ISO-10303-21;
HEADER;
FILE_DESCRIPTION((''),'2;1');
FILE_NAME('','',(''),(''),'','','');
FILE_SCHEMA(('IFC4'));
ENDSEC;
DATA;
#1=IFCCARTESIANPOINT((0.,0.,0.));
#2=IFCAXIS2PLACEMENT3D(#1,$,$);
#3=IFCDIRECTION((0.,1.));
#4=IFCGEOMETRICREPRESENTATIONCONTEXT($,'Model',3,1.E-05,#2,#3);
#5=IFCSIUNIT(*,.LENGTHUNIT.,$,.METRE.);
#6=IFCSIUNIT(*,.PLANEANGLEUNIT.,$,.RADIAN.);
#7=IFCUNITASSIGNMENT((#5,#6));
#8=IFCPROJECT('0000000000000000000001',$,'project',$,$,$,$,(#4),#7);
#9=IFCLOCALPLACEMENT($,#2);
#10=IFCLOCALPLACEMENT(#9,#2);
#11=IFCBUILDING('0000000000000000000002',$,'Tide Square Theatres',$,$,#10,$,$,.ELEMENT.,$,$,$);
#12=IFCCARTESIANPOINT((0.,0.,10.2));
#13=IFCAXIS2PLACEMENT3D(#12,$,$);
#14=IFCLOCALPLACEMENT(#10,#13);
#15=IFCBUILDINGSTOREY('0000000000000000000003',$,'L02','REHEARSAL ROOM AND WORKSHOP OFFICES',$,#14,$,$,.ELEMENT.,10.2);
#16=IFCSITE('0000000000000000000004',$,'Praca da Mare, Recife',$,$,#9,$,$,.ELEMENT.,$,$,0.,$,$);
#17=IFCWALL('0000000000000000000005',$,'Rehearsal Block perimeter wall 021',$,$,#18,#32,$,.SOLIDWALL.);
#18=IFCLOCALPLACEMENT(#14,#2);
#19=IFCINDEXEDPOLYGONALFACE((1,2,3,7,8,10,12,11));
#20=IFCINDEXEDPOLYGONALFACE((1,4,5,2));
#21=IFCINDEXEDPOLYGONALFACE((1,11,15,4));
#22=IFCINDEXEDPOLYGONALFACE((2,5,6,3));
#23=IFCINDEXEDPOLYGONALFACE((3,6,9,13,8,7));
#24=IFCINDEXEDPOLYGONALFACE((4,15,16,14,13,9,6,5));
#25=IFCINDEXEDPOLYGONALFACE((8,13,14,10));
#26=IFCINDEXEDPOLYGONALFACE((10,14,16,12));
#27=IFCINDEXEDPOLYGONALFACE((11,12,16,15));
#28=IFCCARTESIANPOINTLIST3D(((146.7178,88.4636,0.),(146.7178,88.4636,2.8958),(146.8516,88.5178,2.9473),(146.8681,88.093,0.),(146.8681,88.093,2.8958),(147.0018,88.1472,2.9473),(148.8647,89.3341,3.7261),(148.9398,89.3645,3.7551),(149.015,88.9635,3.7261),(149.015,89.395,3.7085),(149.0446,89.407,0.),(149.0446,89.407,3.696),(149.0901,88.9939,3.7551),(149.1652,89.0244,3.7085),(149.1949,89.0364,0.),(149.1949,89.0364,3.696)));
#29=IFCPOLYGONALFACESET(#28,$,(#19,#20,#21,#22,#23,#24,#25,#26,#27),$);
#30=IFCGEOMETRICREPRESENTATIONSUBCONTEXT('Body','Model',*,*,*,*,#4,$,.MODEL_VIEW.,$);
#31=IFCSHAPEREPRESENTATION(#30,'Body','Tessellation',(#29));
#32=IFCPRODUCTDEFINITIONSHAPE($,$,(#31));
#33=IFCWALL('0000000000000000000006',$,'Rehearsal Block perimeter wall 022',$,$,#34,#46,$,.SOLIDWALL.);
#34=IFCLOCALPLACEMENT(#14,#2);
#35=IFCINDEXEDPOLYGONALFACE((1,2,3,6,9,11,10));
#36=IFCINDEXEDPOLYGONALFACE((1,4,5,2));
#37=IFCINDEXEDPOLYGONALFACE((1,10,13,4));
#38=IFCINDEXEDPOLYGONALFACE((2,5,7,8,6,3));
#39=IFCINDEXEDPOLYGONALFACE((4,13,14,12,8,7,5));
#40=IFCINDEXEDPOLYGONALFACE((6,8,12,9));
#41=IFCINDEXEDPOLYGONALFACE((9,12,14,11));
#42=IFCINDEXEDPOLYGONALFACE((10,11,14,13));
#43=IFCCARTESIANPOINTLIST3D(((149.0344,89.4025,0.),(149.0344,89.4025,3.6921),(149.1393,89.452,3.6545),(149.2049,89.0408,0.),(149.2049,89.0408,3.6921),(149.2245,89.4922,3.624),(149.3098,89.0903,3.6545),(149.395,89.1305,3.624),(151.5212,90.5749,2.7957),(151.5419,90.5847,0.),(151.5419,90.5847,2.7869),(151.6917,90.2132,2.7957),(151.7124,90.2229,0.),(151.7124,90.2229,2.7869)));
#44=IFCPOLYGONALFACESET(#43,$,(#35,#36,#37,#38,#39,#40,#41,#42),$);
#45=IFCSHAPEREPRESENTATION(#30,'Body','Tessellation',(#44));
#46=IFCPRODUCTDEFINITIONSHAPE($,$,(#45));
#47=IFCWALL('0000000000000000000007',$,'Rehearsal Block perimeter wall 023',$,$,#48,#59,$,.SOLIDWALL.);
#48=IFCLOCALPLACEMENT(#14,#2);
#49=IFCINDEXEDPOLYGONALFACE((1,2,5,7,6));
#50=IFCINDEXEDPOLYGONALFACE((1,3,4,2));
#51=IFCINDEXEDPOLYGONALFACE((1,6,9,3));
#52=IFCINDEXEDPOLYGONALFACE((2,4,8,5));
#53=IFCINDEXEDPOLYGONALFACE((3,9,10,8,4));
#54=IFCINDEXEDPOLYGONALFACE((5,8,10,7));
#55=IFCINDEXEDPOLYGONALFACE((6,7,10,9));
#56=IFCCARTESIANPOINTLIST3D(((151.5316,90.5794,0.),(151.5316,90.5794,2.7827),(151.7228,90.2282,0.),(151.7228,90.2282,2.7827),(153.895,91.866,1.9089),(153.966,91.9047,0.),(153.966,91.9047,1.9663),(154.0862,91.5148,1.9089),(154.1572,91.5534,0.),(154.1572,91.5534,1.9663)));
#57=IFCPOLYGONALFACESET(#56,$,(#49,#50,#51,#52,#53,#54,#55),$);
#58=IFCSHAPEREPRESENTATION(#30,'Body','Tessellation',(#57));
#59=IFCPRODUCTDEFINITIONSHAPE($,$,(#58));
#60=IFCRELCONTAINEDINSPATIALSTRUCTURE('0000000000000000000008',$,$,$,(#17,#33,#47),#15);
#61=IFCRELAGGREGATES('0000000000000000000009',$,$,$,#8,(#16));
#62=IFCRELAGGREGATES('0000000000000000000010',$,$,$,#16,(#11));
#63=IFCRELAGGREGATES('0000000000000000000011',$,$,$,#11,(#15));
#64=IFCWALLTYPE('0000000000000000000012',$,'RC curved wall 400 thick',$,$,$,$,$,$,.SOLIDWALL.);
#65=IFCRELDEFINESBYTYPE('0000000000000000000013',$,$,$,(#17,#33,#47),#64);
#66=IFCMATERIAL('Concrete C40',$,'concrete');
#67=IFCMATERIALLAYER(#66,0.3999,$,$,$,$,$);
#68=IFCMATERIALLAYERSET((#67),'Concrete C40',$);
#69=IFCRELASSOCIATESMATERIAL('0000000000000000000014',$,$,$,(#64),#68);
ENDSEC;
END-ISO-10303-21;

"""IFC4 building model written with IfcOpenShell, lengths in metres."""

from ifc_helpers import new_model, si_unit, direction, frame, origin, place, context, subcontext, project, spatial, polyline, outline, extrude, material, layer, layer_set, type_object, element, save


model = new_model("IFC4")

# Units and contexts
model_context = context("Model", 3, precision=1e-05, world=origin(), true_north=direction((0.0, 1.0)))
body_context = subcontext(model_context, "Body", "Model", "MODEL_VIEW")
ifc_project = project(units=[si_unit("LENGTHUNIT", "METRE"), si_unit("PLANEANGLEUNIT", "RADIAN")], contexts=[model_context])

# Site, building, storey
site_placement = place(None, origin())
site = spatial("IfcSite", under=ifc_project, at=site_placement, Name="Praca da Mare, Recife", CompositionType="ELEMENT", RefElevation=0.0)
building_placement = place(site_placement, origin())
building = spatial("IfcBuilding", under=site, at=building_placement, Name="Tide Square Theatres", CompositionType="ELEMENT")
storey_placement = place(building_placement, frame((0.0, 0.0, 10.2)))
storey = spatial("IfcBuildingStorey", under=building, at=storey_placement, Name="L02", Description="REHEARSAL ROOM AND WORKSHOP OFFICES", CompositionType="ELEMENT", Elevation=10.2)

# Shared definitions
ifc_material_1 = material(Name="Concrete C40", Category="concrete")
ifc_layer_1 = layer(ifc_material_1, 0.3999)
ifc_layer_set_1 = layer_set([ifc_layer_1], Name="Concrete C40")
wall_type_1 = type_object("IfcWallType", Name="RC curved wall 400 thick", PredefinedType="SOLIDWALL", material=ifc_layer_set_1)

# Walls
wall_1_placement = place(storey_placement, frame((146.793, 88.2783, 0.0), z_axis=(0.0, 0.0, 1.0), x_axis=(0.926723, 0.375746, 0.0)))
element("IfcWall", 1, at=wall_1_placement, inside=storey, type_object=wall_type_1, Name="Rehearsal Block perimeter wall 021", PredefinedType="SOLIDWALL", context=body_context, shape_type="SweptSolid", body=[
    extrude(outline(polyline([(0.0, 0.0), (2.5107, 0.0), (2.5107, 3.696), (2.4788, 3.7085), (2.3977, 3.7551), (2.3167, 3.7261), (0.1443, 2.9473), (0.0, 2.8958), (0.0, 0.0)])), frame((0.0, 0.2, 0.0), z_axis=(0.0, -1.0, 0.0), x_axis=(1.0, 0.0, 0.0)), (0.0, 0.0, 1.0), 0.3999),
])
wall_2_placement = place(storey_placement, frame((149.1196, 89.2217, 0.0), z_axis=(0.0, 0.0, 1.0), x_axis=(0.904527, 0.426416, 0.0)))
element("IfcWall", 2, at=wall_2_placement, inside=storey, type_object=wall_type_1, Name="Rehearsal Block perimeter wall 022", PredefinedType="SOLIDWALL", context=body_context, shape_type="SweptSolid", body=[
    extrude(outline(polyline([(0.0, 0.0), (2.7722, 0.0), (2.7722, 2.7869), (2.7493, 2.7957), (0.2102, 3.624), (0.116, 3.6545), (0.0, 3.6921), (0.0, 0.0)])), frame((0.0, 0.2, 0.0), z_axis=(0.0, -1.0, 0.0), x_axis=(1.0, 0.0, 0.0)), (0.0, 0.0, 1.0), 0.3999),
])
wall_3_placement = place(storey_placement, frame((151.6272, 90.4038, 0.0), z_axis=(0.0, 0.0, 1.0), x_axis=(0.878292, 0.478124, 0.0)))
element("IfcWall", 3, at=wall_3_placement, inside=storey, type_object=wall_type_1, Name="Rehearsal Block perimeter wall 023", PredefinedType="SOLIDWALL", context=body_context, shape_type="SweptSolid", body=[
    extrude(outline(polyline([(0.0, 0.0), (2.7717, 0.0), (2.7717, 1.9663), (2.6909, 1.9089), (0.0, 2.7827), (0.0, 0.0)])), frame((0.0, 0.2, 0.0), z_axis=(0.0, -1.0, 0.0), x_axis=(1.0, 0.0, 0.0)), (0.0, 0.0, 1.0), 0.3999),
])

save(model, "model.ifc")
